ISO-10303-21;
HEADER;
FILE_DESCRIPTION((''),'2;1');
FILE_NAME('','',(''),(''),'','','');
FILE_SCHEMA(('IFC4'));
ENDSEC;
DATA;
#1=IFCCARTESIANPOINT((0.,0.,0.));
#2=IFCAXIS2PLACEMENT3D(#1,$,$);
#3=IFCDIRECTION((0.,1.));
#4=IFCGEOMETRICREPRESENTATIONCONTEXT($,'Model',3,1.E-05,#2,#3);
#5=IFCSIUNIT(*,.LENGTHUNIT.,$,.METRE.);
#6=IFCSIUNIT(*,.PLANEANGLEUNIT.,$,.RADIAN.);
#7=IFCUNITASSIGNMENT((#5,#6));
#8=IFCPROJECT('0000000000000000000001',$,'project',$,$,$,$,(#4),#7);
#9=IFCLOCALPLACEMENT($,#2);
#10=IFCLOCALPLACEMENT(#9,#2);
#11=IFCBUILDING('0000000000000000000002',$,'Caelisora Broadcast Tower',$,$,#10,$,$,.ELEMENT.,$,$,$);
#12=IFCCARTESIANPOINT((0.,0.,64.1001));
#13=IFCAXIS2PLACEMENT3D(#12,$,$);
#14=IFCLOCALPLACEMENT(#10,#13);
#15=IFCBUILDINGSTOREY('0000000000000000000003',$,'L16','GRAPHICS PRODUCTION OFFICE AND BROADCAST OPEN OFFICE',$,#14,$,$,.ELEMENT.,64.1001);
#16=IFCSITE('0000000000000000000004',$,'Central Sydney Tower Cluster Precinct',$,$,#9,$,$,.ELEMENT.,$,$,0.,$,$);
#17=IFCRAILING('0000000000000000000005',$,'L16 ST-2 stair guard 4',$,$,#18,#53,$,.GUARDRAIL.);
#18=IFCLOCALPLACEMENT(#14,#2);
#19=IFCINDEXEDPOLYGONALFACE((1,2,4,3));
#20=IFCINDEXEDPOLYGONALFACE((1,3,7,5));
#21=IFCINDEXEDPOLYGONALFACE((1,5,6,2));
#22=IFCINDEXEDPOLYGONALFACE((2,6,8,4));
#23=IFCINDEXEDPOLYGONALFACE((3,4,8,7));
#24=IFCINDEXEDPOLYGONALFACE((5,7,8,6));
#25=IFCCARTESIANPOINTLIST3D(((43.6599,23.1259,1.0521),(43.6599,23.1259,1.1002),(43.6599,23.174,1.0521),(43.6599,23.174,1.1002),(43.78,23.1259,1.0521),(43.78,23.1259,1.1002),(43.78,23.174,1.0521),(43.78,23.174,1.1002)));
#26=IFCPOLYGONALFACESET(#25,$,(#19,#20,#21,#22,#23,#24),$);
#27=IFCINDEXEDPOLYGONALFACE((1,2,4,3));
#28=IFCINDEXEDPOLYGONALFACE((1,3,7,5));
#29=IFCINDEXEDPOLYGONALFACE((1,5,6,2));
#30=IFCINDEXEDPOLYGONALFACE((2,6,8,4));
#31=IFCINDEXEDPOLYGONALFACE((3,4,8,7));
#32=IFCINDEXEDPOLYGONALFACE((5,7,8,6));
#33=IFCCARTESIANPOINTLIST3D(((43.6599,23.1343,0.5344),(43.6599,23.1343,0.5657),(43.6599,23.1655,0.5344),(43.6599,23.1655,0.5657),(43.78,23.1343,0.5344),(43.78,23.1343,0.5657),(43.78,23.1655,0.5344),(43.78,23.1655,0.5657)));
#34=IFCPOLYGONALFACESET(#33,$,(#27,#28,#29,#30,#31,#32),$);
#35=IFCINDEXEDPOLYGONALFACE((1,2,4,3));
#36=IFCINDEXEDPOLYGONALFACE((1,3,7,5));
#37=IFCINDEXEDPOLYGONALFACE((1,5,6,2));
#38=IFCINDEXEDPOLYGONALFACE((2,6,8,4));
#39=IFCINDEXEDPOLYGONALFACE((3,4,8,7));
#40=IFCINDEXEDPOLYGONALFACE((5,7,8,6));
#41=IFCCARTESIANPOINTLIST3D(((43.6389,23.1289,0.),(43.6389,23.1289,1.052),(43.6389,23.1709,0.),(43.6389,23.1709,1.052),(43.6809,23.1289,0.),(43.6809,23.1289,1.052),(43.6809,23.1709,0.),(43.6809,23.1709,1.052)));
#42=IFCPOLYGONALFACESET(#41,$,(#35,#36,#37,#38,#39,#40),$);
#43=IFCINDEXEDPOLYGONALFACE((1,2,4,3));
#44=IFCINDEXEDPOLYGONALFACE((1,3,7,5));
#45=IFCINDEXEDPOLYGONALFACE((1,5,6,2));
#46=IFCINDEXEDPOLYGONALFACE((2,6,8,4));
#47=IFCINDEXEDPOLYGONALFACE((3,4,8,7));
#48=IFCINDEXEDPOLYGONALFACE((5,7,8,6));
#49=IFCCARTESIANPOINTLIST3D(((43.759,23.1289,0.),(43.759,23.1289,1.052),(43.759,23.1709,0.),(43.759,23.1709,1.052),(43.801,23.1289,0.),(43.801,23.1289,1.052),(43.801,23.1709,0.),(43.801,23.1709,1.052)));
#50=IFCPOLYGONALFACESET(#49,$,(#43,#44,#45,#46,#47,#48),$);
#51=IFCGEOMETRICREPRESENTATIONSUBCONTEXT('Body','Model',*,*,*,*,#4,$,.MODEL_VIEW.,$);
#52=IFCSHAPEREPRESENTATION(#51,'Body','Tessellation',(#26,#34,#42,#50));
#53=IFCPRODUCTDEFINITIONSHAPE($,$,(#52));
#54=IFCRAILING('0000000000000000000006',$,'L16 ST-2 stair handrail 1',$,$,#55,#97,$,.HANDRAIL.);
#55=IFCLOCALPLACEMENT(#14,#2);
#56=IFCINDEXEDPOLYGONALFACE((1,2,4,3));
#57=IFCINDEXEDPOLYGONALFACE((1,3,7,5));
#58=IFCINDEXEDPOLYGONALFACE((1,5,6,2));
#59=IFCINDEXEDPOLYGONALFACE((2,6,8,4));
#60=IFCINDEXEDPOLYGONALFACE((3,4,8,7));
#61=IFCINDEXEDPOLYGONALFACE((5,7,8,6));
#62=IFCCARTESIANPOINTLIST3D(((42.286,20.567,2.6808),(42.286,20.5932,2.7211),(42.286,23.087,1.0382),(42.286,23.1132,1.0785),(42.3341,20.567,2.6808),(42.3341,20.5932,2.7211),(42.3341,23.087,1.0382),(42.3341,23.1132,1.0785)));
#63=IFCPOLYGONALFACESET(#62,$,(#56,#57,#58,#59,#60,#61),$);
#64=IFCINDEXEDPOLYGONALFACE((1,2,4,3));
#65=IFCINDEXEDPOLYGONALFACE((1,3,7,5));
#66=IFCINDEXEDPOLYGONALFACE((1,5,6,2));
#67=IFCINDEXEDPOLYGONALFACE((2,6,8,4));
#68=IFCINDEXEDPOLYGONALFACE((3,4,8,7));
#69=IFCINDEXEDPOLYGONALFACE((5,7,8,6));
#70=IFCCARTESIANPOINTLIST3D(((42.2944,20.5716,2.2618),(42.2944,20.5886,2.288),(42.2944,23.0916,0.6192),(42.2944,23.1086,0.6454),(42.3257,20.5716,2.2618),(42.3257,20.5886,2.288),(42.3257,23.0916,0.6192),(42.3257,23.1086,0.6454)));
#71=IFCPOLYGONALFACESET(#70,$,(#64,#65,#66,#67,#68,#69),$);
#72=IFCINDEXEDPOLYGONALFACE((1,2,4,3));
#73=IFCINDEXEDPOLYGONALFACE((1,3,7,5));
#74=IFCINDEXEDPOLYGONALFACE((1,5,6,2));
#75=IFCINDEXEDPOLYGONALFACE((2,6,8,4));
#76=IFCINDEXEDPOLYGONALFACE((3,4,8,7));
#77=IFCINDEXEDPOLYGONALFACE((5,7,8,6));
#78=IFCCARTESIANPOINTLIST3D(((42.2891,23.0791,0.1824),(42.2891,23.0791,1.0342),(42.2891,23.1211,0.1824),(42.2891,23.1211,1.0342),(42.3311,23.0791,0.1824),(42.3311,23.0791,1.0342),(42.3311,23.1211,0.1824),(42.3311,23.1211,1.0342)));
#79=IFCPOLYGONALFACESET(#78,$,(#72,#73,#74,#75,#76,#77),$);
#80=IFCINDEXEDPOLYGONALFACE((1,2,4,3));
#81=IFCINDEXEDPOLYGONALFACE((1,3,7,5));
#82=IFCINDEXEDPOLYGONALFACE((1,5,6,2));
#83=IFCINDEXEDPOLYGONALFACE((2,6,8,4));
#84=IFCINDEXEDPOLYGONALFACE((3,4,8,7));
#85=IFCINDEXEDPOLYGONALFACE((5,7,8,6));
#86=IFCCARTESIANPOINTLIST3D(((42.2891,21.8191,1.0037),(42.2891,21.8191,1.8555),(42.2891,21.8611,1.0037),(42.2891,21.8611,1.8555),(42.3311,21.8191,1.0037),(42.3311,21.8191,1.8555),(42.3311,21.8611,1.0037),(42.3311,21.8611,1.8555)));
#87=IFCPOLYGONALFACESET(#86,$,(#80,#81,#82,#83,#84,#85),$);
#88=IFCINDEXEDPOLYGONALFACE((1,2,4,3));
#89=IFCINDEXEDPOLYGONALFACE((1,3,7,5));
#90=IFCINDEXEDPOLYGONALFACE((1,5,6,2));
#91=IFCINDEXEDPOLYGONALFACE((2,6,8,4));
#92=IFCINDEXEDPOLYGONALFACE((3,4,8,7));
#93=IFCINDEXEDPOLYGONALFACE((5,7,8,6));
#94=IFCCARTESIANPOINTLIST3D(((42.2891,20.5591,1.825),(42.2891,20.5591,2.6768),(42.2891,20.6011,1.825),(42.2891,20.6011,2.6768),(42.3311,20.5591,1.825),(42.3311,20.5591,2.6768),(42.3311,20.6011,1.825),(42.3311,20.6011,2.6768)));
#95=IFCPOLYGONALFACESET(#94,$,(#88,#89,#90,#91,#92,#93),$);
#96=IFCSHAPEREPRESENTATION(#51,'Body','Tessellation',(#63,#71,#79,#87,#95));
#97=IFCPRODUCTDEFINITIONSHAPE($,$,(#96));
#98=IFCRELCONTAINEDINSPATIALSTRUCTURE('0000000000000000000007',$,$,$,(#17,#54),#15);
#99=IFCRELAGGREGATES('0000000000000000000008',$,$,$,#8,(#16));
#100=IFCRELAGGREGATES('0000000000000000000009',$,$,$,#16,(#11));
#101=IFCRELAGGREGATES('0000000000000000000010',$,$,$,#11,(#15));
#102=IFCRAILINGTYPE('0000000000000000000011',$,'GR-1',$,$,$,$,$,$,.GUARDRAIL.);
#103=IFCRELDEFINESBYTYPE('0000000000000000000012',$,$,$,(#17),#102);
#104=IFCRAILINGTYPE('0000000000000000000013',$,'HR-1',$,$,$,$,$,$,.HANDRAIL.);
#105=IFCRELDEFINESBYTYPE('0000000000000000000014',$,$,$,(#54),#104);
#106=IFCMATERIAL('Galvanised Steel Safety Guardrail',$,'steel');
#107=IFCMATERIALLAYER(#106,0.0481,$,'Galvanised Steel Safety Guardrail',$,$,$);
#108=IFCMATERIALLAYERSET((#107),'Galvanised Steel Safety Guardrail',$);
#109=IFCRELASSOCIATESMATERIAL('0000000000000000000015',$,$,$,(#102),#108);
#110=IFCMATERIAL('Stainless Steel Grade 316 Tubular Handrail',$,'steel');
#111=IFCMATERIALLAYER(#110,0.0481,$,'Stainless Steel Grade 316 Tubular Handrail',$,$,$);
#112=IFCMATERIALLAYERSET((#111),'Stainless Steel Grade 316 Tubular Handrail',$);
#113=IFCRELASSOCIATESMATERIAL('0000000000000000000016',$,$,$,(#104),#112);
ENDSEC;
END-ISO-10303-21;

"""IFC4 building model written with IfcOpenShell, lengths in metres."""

from ifc_helpers import new_model, si_unit, direction, frame, origin, origin_2d, place, context, subcontext, project, spatial, rectangle, extrude, material, layer, layer_set, type_object, element, save


model = new_model("IFC4")

# Units and contexts
model_context = context("Model", 3, precision=1e-05, world=origin(), true_north=direction((0.0, 1.0)))
body_context = subcontext(model_context, "Body", "Model", "MODEL_VIEW")
ifc_project = project(units=[si_unit("LENGTHUNIT", "METRE"), si_unit("PLANEANGLEUNIT", "RADIAN")], contexts=[model_context])

# Site, building, storey
site_placement = place(None, origin())
site = spatial("IfcSite", under=ifc_project, at=site_placement, Name="Central Sydney Tower Cluster Precinct", CompositionType="ELEMENT", RefElevation=0.0)
building_placement = place(site_placement, origin())
building = spatial("IfcBuilding", under=site, at=building_placement, Name="Caelisora Broadcast Tower", CompositionType="ELEMENT")
storey_placement = place(building_placement, frame((0.0, 0.0, 64.1001)))
storey = spatial("IfcBuildingStorey", under=building, at=storey_placement, Name="L16", Description="GRAPHICS PRODUCTION OFFICE AND BROADCAST OPEN OFFICE", CompositionType="ELEMENT", Elevation=64.1001)

# Railings
ifc_material_1 = material(Name="Galvanised Steel Safety Guardrail", Category="steel")
ifc_layer_1 = layer(ifc_material_1, 0.0481, Name="Galvanised Steel Safety Guardrail")
ifc_layer_set_1 = layer_set([ifc_layer_1], Name="Galvanised Steel Safety Guardrail")
railing_type_1 = type_object("IfcRailingType", Name="GR-1", PredefinedType="GUARDRAIL", material=ifc_layer_set_1)
railing_1_placement = place(storey_placement, frame((43.6599, 23.1499, 0.0)))
element("IfcRailing", 1, at=railing_1_placement, inside=storey, type_object=railing_type_1, Name="L16 ST-2 stair guard 4", PredefinedType="GUARDRAIL", context=body_context, shape_type="SweptSolid", body=[
    extrude(rectangle(XDim=0.0481, YDim=0.0481, at=origin_2d()), frame((0.0, 0.0, 1.0762), z_axis=(1.0, 0.0, 0.0), x_axis=(0.0, 1.0, 0.0)), (0.0, 0.0, 1.0), 0.1201),
    extrude(rectangle(XDim=0.0312, YDim=0.0312, at=origin_2d()), frame((0.0, 0.0, 0.55), z_axis=(1.0, 0.0, 0.0), x_axis=(0.0, 1.0, 0.0)), (0.0, 0.0, 1.0), 0.1201),
    extrude(rectangle(XDim=0.042, YDim=0.042, at=origin_2d()), origin(), (0.0, 0.0, 1.0), 1.052),
    extrude(rectangle(XDim=0.042, YDim=0.042, at=origin_2d()), frame((0.1201, 0.0, 0.0)), (0.0, 0.0, 1.0), 1.052),
])
ifc_material_2 = material(Name="Stainless Steel Grade 316 Tubular Handrail", Category="steel")
ifc_layer_2 = layer(ifc_material_2, 0.0481, Name="Stainless Steel Grade 316 Tubular Handrail")
ifc_layer_set_2 = layer_set([ifc_layer_2], Name="Stainless Steel Grade 316 Tubular Handrail")
railing_type_2 = type_object("IfcRailingType", Name="HR-1", PredefinedType="HANDRAIL", material=ifc_layer_set_2)
railing_2_placement = place(storey_placement, frame((42.3101, 23.1001, 0.1824)))
element("IfcRailing", 2, at=railing_2_placement, inside=storey, type_object=railing_type_2, Name="L16 ST-2 stair handrail 1", PredefinedType="HANDRAIL", context=body_context, shape_type="SweptSolid", body=[
    extrude(rectangle(XDim=0.0481, YDim=0.0481, at=origin_2d()), frame((0.0, 0.0, 0.876), z_axis=(0.0, -0.837749, 0.546055), x_axis=(1.0, 0.0, 0.0)), (0.0, 0.0, 1.0), 3.0081),
    extrude(rectangle(XDim=0.0312, YDim=0.0312, at=origin_2d()), frame((0.0, 0.0, 0.45), z_axis=(0.0, -0.837749, 0.546055), x_axis=(1.0, 0.0, 0.0)), (0.0, 0.0, 1.0), 3.0081),
    extrude(rectangle(XDim=0.042, YDim=0.042, at=origin_2d()), origin(), (0.0, 0.0, 1.0), 0.8518),
    extrude(rectangle(XDim=0.042, YDim=0.042, at=origin_2d()), frame((0.0, -1.26, 0.8213)), (0.0, 0.0, 1.0), 0.8518),
    extrude(rectangle(XDim=0.042, YDim=0.042, at=origin_2d()), frame((0.0, -2.52, 1.6426)), (0.0, 0.0, 1.0), 0.8518),
])

save(model, "model.ifc")
